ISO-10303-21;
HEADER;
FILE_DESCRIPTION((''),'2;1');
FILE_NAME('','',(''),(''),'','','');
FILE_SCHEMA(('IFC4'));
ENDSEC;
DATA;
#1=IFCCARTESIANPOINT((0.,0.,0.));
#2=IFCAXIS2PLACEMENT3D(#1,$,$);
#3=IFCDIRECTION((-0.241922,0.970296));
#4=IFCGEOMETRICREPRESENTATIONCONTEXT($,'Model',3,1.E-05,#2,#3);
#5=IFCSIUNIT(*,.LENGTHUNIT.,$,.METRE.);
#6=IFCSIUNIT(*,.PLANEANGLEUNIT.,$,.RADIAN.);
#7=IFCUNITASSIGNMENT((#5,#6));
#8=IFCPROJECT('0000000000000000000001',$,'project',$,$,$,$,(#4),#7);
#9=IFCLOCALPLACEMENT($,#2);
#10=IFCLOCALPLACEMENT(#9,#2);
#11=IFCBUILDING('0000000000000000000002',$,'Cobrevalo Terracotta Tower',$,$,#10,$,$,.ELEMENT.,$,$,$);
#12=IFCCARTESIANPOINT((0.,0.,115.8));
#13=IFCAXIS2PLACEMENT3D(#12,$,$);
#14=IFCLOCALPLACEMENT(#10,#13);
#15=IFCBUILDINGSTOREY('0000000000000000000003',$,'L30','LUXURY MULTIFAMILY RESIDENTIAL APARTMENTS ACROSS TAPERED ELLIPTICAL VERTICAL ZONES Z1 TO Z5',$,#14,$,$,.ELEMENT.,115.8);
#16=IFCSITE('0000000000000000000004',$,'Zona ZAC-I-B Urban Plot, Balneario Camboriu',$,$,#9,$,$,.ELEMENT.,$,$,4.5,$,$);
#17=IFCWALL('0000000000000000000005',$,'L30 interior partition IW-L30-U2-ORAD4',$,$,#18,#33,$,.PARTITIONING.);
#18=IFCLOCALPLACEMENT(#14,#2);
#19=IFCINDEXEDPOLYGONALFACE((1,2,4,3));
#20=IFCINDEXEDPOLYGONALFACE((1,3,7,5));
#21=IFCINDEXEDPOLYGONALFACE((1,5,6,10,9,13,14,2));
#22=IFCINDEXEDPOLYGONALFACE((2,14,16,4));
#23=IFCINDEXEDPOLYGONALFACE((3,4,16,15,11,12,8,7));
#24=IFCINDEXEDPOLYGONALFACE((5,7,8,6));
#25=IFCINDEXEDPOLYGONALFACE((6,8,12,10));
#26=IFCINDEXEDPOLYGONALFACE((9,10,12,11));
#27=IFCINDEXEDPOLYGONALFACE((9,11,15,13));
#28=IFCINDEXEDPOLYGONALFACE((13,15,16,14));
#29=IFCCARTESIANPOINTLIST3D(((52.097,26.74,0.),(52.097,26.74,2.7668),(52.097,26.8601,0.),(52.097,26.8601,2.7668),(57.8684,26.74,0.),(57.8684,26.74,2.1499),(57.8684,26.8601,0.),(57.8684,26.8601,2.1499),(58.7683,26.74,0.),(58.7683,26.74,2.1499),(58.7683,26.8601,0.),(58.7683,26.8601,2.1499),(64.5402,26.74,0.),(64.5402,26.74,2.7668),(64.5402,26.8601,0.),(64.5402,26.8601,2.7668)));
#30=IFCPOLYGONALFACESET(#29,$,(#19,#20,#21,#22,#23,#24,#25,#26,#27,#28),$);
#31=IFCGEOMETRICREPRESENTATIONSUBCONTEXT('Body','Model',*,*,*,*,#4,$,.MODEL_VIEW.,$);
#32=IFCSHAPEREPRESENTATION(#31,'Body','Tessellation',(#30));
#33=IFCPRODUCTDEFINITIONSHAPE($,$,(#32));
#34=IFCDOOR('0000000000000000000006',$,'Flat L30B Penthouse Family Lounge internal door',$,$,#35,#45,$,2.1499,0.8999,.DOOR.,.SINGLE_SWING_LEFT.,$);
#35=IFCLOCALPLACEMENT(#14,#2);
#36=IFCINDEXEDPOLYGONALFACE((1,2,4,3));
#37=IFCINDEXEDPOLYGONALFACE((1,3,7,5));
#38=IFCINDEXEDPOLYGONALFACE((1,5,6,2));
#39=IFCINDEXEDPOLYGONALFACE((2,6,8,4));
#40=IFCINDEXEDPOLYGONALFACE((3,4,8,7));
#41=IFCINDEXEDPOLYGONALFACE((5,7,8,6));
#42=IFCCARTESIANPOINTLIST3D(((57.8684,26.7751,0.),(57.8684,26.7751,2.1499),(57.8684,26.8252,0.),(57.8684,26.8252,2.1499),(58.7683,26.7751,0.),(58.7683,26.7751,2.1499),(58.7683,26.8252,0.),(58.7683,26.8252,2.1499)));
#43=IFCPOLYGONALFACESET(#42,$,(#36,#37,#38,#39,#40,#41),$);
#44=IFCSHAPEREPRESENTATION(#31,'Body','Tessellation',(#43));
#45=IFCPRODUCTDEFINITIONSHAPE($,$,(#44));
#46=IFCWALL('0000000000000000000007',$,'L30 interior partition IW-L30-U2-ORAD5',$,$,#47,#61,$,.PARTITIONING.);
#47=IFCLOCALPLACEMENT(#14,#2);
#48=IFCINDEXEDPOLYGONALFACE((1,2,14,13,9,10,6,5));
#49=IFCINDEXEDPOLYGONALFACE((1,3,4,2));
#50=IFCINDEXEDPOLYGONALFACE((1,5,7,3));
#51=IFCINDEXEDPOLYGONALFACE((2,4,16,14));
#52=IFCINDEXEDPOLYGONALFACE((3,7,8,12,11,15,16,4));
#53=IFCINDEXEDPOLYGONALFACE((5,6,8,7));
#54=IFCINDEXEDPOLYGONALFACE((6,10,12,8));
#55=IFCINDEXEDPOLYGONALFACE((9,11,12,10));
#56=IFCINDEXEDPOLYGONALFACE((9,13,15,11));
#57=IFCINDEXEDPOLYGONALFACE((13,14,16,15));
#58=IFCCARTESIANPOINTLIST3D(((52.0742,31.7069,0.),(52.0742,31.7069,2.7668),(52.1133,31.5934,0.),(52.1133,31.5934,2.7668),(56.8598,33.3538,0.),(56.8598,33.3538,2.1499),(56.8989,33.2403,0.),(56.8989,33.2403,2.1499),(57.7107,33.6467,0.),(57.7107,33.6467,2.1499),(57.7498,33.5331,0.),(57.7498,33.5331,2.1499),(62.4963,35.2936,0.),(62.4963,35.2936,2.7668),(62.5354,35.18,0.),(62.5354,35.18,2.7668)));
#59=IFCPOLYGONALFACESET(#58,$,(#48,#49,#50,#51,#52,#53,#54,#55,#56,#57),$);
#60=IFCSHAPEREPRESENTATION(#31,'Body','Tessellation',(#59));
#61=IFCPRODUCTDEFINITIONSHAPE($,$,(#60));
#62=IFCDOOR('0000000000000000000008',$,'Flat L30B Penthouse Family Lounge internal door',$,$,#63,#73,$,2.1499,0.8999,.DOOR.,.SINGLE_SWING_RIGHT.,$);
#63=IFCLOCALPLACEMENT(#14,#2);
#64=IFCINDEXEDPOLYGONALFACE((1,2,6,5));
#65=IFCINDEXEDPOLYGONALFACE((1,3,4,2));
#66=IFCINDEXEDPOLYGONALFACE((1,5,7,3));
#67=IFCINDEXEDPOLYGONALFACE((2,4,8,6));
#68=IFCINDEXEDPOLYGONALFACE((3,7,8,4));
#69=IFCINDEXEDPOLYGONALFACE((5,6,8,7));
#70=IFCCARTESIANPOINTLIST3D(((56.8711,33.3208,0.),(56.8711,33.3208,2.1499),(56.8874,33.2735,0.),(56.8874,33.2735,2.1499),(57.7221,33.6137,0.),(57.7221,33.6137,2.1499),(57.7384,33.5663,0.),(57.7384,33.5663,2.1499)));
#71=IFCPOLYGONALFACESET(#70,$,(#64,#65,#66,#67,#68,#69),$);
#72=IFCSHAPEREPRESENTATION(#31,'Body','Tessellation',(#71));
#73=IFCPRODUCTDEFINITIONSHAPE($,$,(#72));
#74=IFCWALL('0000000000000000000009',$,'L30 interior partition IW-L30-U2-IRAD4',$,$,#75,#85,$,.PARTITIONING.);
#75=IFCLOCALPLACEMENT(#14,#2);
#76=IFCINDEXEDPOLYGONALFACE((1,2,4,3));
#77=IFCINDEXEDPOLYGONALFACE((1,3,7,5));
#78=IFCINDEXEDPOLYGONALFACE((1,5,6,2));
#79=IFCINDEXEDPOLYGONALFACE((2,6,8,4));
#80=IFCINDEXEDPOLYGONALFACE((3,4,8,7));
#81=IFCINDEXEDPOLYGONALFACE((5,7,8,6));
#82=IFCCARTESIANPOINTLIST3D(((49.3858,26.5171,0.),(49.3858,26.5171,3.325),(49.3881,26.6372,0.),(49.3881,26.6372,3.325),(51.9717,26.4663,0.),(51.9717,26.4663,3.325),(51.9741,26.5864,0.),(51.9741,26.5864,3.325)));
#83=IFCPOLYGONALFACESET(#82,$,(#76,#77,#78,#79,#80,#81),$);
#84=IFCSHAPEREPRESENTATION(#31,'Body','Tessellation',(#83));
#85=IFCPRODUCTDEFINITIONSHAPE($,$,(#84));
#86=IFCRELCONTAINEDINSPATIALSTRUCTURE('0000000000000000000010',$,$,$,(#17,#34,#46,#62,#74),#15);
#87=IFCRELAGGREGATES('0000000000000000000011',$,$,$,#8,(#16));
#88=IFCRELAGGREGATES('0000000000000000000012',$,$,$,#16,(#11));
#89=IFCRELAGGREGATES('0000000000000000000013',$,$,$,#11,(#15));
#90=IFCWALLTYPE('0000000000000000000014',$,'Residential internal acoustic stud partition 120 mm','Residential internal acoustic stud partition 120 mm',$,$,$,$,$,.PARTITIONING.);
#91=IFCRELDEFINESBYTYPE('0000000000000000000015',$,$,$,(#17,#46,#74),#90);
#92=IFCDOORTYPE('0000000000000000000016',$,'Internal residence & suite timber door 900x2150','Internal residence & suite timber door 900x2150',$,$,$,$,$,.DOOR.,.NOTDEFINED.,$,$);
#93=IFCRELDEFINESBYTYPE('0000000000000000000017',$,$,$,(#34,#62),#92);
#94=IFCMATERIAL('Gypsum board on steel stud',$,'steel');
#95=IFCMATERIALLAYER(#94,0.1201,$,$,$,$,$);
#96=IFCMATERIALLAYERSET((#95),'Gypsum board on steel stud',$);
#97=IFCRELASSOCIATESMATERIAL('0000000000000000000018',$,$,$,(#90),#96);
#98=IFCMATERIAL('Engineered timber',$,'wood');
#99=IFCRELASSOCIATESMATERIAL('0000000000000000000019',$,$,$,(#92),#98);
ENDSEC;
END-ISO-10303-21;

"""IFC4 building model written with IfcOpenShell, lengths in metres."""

from ifc_helpers import new_model, si_unit, direction, frame, frame_2d, origin, place, context, subcontext, project, spatial, rectangle, extrude, source, transform, mapped, material, layer, layer_set, type_object, element, fill, save


model = new_model("IFC4")

# Units and contexts
model_context = context("Model", 3, precision=1e-05, world=origin(), true_north=direction((-0.241922, 0.970296)))
body_context = subcontext(model_context, "Body", "Model", "MODEL_VIEW")
ifc_project = project(units=[si_unit("LENGTHUNIT", "METRE"), si_unit("PLANEANGLEUNIT", "RADIAN")], contexts=[model_context])

# Site, building, storey
site_placement = place(None, origin())
site = spatial("IfcSite", under=ifc_project, at=site_placement, Name="Zona ZAC-I-B Urban Plot, Balneario Camboriu", CompositionType="ELEMENT", RefElevation=4.5)
building_placement = place(site_placement, origin())
building = spatial("IfcBuilding", under=site, at=building_placement, Name="Cobrevalo Terracotta Tower", CompositionType="ELEMENT")
storey_placement = place(building_placement, frame((0.0, 0.0, 115.8)))
storey = spatial("IfcBuildingStorey", under=building, at=storey_placement, Name="L30", Description="LUXURY MULTIFAMILY RESIDENTIAL APARTMENTS ACROSS TAPERED ELLIPTICAL VERTICAL ZONES Z1 TO Z5", CompositionType="ELEMENT", Elevation=115.8)

# Walls, openings, doors
ifc_material_1 = material(Name="Gypsum board on steel stud", Category="steel")
ifc_layer_1 = layer(ifc_material_1, 0.1201)
ifc_layer_set_1 = layer_set([ifc_layer_1], Name="Gypsum board on steel stud")
wall_type = type_object("IfcWallType", Name="Residential internal acoustic stud partition 120 mm", Description="Residential internal acoustic stud partition 120 mm", PredefinedType="PARTITIONING", material=ifc_layer_set_1)
wall_1_placement = place(storey_placement, frame((52.0969, 26.8, 0.0), z_axis=(0.0, 0.0, 1.0), x_axis=(1.0, 0.0, 0.0)))
wall_1 = element("IfcWall", 1, at=wall_1_placement, inside=storey, type_object=wall_type, Name="L30 interior partition IW-L30-U2-ORAD4", PredefinedType="PARTITIONING", context=body_context, shape_type="SweptSolid", body=[
    extrude(rectangle(XDim=12.4431, YDim=0.1201, at=frame_2d((6.2217, 0.0))), origin(), (0.0, 0.0, 1.0), 2.7668),
])
opening_1_placement = place(wall_1_placement, frame((5.7715, 0.0, 0.0)))
opening_1 = element("IfcOpeningElement", 2, at=opening_1_placement, cuts=wall_1, PredefinedType="OPENING", context=body_context, shape_type="SweptSolid", body=[
    extrude(rectangle(XDim=0.8999, YDim=2.1499, at=frame_2d((0.45, 1.075))), frame((0.0, 0.0701, 0.0), z_axis=(0.0, -1.0, 0.0), x_axis=(1.0, 0.0, 0.0)), (0.0, 0.0, 1.0), 0.1401),
])
ifc_material_2 = material(Name="Engineered timber", Category="wood")
door_type_1 = type_object("IfcDoorType", Name="Internal residence & suite timber door 900x2150", Description="Internal residence & suite timber door 900x2150", OperationType="NOTDEFINED", PredefinedType="DOOR", material=ifc_material_2)
shared_shape_1 = source(origin(), body_context, "Body", "SweptSolid", [
    extrude(rectangle(XDim=0.8999, YDim=2.1499, at=frame_2d((0.45, 1.075))), frame((0.0, 0.0249, 0.0), z_axis=(0.0, -1.0, 0.0), x_axis=(1.0, 0.0, 0.0)), (0.0, 0.0, 1.0), 0.05),
])
door_1_placement = place(opening_1_placement, frame((0.8999, 0.0, 0.0), z_axis=(0.0, 0.0, 1.0), x_axis=(-1.0, 0.0, 0.0)))
door_1 = element("IfcDoor", 3, at=door_1_placement, inside=storey, type_object=door_type_1, Name="Flat L30B Penthouse Family Lounge internal door", OperationType="SINGLE_SWING_LEFT", OverallHeight=2.1499, OverallWidth=0.8999, PredefinedType="DOOR", context=body_context, shape_type="MappedRepresentation", body=[
    mapped(shared_shape_1, transform((0.0, 0.0, 0.0), scale=1.0)),
])
fill(opening_1, door_1)
wall_2_placement = place(storey_placement, frame((52.0938, 31.6501, 0.0), z_axis=(0.0, 0.0, 1.0), x_axis=(0.945573, 0.32541, 0.0)))
wall_2 = element("IfcWall", 4, at=wall_2_placement, inside=storey, type_object=wall_type, Name="L30 interior partition IW-L30-U2-ORAD5", PredefinedType="PARTITIONING", context=body_context, shape_type="SweptSolid", body=[
    extrude(rectangle(XDim=11.022, YDim=0.1201, at=frame_2d((5.511, 0.0))), origin(), (0.0, 0.0, 1.0), 2.7668),
])
opening_2_placement = place(wall_2_placement, frame((5.061, 0.0, 0.0)))
opening_2 = element("IfcOpeningElement", 5, at=opening_2_placement, cuts=wall_2, PredefinedType="OPENING", context=body_context, shape_type="SweptSolid", body=[
    extrude(rectangle(XDim=0.8999, YDim=2.1499, at=frame_2d((0.45, 1.075))), frame((0.0, 0.0701, 0.0), z_axis=(0.0, -1.0, 0.0), x_axis=(1.0, 0.0, 0.0)), (0.0, 0.0, 1.0), 0.1401),
])
door_2_placement = place(opening_2_placement, frame((0.8999, 0.0, 0.0), z_axis=(0.0, 0.0, 1.0), x_axis=(-1.0, 0.0, 0.0)))
door_2 = element("IfcDoor", 6, at=door_2_placement, inside=storey, type_object=door_type_1, Name="Flat L30B Penthouse Family Lounge internal door", OperationType="SINGLE_SWING_RIGHT", OverallHeight=2.1499, OverallWidth=0.8999, PredefinedType="DOOR", context=body_context, shape_type="MappedRepresentation", body=[
    mapped(shared_shape_1, transform((0.0, 0.0, 0.0), scale=1.0)),
])
fill(opening_2, door_2)

# Wall
wall_3_placement = place(storey_placement, frame((49.387, 26.5771, 0.0), z_axis=(0.0, 0.0, 1.0), x_axis=(0.999807, -0.019634, 0.0)))
element("IfcWall", 7, at=wall_3_placement, inside=storey, type_object=wall_type, Name="L30 interior partition IW-L30-U2-IRAD4", PredefinedType="PARTITIONING", context=body_context, shape_type="SweptSolid", body=[
    extrude(rectangle(XDim=2.5864, YDim=0.1201, at=frame_2d((1.2932, 0.0))), origin(), (0.0, 0.0, 1.0), 3.325),
])

save(model, "model.ifc")
